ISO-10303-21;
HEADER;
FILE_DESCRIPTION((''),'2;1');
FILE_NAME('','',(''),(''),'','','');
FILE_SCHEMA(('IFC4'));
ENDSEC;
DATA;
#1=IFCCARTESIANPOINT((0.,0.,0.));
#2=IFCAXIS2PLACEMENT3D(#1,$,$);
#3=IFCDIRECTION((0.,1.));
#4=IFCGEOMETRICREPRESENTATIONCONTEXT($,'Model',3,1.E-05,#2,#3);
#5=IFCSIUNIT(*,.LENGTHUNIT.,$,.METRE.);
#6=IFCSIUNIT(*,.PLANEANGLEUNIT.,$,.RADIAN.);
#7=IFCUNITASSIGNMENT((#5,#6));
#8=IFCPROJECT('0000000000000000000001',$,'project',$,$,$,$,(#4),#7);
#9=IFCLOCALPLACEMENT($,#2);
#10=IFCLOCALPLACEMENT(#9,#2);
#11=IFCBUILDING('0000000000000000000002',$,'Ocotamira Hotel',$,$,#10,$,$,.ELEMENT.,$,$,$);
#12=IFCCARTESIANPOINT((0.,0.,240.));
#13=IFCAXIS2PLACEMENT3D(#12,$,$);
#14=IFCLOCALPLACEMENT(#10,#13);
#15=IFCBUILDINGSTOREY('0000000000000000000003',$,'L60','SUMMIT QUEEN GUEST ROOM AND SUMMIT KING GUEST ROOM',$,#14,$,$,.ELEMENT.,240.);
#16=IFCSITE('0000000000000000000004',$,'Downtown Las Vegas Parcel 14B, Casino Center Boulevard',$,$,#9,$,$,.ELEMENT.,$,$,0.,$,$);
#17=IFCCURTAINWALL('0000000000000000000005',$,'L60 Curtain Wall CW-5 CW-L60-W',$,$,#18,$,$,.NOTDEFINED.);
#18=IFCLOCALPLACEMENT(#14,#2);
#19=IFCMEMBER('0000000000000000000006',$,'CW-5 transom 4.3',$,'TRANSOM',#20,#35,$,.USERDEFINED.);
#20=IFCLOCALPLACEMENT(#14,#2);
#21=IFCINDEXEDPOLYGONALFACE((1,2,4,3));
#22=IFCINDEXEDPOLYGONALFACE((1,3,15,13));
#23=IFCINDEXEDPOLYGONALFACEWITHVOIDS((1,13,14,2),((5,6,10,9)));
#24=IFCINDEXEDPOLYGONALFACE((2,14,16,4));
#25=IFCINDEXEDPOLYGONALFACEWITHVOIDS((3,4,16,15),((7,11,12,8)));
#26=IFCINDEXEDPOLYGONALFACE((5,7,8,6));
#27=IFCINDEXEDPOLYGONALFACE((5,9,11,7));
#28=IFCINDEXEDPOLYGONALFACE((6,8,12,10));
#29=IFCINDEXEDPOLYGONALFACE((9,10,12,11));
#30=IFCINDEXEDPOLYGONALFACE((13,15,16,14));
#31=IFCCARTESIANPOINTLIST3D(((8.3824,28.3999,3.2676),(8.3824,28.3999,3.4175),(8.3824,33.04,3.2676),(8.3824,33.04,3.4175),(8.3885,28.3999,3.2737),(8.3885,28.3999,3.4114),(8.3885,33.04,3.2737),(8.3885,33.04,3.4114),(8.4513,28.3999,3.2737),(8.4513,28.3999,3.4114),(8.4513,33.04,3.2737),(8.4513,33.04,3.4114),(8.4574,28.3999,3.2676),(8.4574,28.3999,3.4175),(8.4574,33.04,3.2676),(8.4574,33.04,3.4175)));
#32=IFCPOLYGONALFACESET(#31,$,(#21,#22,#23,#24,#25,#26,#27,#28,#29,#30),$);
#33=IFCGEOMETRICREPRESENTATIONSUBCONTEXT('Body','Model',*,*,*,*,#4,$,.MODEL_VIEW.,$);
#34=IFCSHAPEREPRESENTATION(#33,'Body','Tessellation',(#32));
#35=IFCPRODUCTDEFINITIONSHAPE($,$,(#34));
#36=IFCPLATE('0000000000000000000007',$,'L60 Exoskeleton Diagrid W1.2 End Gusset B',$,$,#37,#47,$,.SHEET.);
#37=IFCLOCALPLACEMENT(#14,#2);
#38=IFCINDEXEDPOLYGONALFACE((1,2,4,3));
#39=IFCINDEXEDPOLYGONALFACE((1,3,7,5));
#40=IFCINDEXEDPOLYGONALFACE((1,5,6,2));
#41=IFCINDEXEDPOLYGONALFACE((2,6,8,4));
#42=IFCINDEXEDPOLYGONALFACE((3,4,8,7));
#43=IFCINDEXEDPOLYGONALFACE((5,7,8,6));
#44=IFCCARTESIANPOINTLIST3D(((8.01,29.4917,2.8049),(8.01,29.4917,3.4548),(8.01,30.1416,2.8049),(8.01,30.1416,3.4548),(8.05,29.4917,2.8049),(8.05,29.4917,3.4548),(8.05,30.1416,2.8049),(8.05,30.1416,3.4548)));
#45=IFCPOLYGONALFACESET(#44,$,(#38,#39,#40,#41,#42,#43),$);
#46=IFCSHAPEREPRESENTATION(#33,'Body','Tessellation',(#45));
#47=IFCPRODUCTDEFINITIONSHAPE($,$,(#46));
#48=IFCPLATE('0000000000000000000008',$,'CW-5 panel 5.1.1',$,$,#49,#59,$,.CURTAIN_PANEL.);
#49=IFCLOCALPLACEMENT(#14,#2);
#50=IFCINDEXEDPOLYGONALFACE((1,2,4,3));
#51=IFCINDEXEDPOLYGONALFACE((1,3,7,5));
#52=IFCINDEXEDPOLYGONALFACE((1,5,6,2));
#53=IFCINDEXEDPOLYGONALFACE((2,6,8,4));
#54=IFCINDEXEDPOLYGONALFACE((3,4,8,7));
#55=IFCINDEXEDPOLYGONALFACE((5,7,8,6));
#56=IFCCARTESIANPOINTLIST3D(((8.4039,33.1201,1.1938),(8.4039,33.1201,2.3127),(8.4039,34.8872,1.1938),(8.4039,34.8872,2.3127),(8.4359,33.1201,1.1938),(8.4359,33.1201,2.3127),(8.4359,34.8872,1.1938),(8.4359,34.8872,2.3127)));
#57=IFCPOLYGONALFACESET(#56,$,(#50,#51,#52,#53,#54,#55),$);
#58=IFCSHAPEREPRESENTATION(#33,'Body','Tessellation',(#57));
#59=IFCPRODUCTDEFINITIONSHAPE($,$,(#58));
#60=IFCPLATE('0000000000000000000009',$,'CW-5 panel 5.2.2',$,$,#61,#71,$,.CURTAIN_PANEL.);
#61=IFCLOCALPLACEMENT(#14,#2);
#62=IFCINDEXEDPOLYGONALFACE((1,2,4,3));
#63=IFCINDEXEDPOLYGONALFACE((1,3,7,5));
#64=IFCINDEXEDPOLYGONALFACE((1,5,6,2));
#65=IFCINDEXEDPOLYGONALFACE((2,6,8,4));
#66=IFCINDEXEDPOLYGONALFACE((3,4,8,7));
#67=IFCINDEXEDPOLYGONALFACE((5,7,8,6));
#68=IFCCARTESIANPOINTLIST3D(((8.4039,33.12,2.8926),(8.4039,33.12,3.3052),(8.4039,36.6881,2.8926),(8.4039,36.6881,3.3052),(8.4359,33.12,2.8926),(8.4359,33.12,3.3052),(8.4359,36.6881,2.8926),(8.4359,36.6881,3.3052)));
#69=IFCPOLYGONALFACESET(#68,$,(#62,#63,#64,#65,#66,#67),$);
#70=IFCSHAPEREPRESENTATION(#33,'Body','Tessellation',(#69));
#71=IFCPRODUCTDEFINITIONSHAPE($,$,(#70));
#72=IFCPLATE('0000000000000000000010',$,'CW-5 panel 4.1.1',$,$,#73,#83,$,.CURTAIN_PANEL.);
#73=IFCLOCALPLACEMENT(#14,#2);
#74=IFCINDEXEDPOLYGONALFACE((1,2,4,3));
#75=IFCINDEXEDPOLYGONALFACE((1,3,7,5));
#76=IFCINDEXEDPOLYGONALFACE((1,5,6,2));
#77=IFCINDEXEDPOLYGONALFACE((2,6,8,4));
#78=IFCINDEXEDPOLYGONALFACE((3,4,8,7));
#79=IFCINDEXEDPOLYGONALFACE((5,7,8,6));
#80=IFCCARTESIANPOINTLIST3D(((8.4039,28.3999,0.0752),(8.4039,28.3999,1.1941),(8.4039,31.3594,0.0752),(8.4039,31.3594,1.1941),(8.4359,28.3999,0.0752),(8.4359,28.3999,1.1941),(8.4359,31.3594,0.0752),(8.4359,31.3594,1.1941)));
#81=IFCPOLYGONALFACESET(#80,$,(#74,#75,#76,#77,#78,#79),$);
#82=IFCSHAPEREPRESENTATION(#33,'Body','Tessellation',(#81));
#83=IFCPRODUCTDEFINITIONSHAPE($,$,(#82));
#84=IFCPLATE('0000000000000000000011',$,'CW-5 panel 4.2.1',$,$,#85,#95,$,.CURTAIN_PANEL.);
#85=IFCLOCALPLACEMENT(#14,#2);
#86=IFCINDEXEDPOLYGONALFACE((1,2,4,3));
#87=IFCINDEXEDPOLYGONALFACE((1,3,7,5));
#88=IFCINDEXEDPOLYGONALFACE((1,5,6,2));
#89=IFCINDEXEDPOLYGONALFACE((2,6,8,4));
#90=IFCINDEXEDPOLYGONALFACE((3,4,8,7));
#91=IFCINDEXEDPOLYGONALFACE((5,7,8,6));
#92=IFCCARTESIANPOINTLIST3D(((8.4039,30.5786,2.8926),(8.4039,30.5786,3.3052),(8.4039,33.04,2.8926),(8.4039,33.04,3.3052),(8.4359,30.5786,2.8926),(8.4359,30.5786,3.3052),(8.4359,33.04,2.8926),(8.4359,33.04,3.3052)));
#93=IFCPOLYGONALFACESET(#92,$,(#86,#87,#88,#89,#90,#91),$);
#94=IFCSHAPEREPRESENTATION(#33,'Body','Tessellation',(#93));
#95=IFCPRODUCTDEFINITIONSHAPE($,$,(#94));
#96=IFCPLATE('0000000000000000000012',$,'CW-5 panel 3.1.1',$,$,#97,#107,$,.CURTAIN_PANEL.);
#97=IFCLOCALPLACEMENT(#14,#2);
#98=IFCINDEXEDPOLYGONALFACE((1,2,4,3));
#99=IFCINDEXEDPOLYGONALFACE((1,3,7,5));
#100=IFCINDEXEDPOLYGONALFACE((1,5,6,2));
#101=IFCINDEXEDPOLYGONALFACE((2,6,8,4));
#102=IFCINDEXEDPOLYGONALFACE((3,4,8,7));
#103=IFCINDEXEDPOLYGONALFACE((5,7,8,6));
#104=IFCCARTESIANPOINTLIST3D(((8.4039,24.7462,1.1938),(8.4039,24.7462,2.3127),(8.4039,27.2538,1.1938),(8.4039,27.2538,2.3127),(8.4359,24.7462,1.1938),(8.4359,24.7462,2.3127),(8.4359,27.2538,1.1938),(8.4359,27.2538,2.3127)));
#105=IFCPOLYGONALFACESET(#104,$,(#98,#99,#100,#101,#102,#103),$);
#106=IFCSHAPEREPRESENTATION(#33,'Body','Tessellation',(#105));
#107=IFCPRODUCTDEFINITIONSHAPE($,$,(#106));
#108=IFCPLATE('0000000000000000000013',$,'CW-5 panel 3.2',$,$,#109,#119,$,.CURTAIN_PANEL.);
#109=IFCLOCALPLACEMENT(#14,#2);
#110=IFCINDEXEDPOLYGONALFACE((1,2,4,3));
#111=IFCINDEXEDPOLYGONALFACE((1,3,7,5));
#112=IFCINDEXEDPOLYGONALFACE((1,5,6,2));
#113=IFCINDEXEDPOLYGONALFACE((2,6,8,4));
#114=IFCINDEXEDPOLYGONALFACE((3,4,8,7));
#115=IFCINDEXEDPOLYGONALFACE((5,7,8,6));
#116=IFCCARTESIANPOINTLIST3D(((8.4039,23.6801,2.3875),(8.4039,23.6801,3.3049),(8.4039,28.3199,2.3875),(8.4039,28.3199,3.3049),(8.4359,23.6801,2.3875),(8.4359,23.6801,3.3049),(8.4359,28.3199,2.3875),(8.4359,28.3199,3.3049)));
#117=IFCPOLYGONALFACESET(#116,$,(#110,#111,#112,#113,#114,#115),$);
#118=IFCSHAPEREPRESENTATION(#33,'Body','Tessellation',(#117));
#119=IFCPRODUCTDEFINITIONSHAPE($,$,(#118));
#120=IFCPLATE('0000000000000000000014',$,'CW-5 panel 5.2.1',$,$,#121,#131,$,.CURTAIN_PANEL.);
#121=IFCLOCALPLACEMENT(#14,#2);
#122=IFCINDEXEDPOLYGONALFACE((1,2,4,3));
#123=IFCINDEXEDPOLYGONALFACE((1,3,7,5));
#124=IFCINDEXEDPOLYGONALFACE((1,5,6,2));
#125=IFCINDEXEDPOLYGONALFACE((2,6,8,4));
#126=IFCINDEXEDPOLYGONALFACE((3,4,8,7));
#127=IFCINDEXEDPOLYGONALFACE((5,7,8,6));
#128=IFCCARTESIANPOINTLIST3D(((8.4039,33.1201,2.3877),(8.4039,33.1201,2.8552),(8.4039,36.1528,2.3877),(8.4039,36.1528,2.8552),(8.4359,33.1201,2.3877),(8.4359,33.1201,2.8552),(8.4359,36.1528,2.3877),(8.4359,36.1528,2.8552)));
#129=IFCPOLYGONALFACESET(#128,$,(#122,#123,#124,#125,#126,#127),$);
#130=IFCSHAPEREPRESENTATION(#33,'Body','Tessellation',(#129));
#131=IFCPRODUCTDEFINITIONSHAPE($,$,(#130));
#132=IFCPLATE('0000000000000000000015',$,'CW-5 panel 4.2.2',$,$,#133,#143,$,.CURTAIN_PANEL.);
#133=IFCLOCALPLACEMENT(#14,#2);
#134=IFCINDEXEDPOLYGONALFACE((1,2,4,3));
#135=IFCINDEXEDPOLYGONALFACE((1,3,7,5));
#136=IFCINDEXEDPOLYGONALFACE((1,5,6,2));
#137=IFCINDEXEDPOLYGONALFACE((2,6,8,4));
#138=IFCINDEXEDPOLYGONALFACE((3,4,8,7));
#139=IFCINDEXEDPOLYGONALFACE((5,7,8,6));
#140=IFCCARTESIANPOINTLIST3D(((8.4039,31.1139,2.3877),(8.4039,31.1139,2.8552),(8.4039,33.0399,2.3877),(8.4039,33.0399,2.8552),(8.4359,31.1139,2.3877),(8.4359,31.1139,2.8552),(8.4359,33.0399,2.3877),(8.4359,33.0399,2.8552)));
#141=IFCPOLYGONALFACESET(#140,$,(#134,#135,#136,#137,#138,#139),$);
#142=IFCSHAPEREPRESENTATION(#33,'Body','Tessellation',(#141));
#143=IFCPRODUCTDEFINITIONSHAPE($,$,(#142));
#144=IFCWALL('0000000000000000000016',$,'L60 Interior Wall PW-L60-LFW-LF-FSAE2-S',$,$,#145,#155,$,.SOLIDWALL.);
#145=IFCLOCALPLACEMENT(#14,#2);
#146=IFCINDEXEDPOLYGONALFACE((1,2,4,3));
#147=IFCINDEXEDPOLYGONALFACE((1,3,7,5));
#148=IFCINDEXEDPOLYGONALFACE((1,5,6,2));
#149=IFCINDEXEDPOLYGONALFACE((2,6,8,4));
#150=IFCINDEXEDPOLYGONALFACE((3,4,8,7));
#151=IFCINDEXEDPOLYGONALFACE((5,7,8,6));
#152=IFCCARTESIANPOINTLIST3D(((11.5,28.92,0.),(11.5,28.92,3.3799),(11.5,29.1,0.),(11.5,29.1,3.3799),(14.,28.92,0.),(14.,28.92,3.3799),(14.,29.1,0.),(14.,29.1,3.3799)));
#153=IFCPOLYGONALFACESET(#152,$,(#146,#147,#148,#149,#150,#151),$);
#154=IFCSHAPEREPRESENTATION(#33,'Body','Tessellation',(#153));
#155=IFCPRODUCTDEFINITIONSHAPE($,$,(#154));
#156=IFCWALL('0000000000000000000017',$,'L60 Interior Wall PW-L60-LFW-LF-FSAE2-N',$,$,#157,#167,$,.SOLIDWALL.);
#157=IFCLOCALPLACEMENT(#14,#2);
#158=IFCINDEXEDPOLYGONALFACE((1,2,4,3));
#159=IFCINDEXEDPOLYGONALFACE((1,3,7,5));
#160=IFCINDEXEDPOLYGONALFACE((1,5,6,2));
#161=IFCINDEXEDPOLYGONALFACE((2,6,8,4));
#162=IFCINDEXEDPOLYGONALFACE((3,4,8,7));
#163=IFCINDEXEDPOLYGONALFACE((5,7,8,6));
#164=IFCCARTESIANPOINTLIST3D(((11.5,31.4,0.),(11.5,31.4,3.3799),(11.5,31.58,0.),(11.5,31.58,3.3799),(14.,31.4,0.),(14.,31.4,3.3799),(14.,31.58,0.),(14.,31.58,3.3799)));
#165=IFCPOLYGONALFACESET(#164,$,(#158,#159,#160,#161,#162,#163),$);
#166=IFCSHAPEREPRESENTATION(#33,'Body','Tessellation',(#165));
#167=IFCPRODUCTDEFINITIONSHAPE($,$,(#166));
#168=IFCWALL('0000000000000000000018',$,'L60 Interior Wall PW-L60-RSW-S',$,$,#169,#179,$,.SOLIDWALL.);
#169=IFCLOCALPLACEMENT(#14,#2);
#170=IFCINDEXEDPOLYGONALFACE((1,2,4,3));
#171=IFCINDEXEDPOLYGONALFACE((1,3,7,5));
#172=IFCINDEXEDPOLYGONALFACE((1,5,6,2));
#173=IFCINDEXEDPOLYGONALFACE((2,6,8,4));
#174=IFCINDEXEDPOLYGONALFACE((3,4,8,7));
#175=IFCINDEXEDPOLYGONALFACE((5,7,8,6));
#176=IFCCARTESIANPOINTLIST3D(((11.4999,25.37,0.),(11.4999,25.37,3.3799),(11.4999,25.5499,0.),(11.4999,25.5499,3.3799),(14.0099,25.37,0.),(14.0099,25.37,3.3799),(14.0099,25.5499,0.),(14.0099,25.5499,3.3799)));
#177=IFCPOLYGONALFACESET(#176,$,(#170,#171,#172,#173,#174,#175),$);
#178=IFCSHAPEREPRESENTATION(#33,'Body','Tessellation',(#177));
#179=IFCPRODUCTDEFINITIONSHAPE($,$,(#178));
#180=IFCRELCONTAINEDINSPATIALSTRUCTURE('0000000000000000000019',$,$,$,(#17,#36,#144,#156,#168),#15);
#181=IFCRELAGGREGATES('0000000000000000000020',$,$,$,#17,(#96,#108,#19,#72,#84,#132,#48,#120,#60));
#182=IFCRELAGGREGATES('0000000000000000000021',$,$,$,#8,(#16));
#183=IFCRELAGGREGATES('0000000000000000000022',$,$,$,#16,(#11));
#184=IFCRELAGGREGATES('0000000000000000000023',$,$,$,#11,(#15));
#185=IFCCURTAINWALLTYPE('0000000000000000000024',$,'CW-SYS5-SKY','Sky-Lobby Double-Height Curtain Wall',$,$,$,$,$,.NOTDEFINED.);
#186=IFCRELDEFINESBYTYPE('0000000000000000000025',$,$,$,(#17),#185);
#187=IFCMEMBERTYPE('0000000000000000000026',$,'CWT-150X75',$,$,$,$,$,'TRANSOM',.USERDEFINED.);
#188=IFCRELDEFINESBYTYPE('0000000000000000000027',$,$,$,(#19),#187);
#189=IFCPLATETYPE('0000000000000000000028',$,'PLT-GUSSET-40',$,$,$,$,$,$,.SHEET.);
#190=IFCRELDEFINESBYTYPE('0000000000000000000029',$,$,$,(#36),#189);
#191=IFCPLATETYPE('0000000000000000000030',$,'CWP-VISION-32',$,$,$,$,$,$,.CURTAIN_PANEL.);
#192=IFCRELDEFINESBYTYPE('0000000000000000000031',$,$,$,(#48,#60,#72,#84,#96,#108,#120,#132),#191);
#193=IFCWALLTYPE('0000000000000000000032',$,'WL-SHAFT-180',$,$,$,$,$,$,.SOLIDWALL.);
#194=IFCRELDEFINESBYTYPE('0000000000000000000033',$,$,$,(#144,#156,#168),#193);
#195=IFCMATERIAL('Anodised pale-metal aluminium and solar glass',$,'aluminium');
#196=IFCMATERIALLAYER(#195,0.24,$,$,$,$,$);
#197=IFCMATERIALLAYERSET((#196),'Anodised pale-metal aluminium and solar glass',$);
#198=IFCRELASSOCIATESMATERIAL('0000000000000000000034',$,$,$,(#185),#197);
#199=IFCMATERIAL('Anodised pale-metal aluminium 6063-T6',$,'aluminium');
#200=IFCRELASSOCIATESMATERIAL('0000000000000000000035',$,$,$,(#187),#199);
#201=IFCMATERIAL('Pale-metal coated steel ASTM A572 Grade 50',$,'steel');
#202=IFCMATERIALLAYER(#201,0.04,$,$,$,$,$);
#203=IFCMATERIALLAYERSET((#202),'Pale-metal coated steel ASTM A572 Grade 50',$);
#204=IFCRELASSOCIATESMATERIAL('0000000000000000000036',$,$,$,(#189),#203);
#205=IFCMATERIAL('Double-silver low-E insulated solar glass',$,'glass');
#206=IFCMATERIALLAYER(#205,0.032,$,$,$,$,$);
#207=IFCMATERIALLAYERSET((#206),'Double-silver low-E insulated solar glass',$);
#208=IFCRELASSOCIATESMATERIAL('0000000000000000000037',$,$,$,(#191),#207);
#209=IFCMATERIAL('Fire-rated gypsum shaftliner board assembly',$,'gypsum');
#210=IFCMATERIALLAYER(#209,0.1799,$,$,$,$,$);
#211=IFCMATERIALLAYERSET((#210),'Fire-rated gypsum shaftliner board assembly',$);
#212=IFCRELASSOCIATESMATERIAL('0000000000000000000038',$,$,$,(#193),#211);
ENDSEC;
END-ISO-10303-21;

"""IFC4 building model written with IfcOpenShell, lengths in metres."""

from ifc_helpers import new_model, si_unit, direction, frame, frame_2d, origin, origin_2d, place, context, subcontext, project, spatial, rectangle, hollow_rectangle, extrude, source, transform, mapped, material, layer, layer_set, material_profile, profile_set, type_object, element, aggregate, save


model = new_model("IFC4")

# Units and contexts
model_context = context("Model", 3, precision=1e-05, world=origin(), true_north=direction((0.0, 1.0)))
body_context = subcontext(model_context, "Body", "Model", "MODEL_VIEW")
ifc_project = project(units=[si_unit("LENGTHUNIT", "METRE"), si_unit("PLANEANGLEUNIT", "RADIAN")], contexts=[model_context])

# Site, building, storey
site_placement = place(None, origin())
site = spatial("IfcSite", under=ifc_project, at=site_placement, Name="Downtown Las Vegas Parcel 14B, Casino Center Boulevard", CompositionType="ELEMENT", RefElevation=0.0)
building_placement = place(site_placement, origin())
building = spatial("IfcBuilding", under=site, at=building_placement, Name="Ocotamira Hotel", CompositionType="ELEMENT")
storey_placement = place(building_placement, frame((0.0, 0.0, 240.0)))
storey = spatial("IfcBuildingStorey", under=building, at=storey_placement, Name="L60", Description="SUMMIT QUEEN GUEST ROOM AND SUMMIT KING GUEST ROOM", CompositionType="ELEMENT", Elevation=240.0)

# Curtain wall, member
ifc_material_1 = material(Name="Anodised pale-metal aluminium and solar glass", Category="aluminium")
ifc_layer_1 = layer(ifc_material_1, 0.24)
ifc_layer_set_1 = layer_set([ifc_layer_1], Name="Anodised pale-metal aluminium and solar glass")
curtain_wall_type = type_object("IfcCurtainWallType", Name="CW-SYS5-SKY", Description="Sky-Lobby Double-Height Curtain Wall", PredefinedType="NOTDEFINED", material=ifc_layer_set_1)
curtain_wall_placement = place(storey_placement, origin())
curtain_wall = element("IfcCurtainWall", 1, at=curtain_wall_placement, inside=storey, type_object=curtain_wall_type, Name="L60 Curtain Wall CW-5 CW-L60-W", PredefinedType="NOTDEFINED")
ifc_material_2 = material(Name="Anodised pale-metal aluminium 6063-T6", Category="aluminium")
ifc_material_profile_1 = material_profile(ifc_material_2, hollow_rectangle(XDim=0.075, YDim=0.1499, WallThickness=0.0061, at=origin_2d()), Name="HSS150X75X6")
ifc_profile_set_1 = profile_set([ifc_material_profile_1], Name="Anodised pale-metal aluminium 6063-T6")
member_type_1 = type_object("IfcMemberType", Name="CWT-150X75", ElementType="TRANSOM", PredefinedType="USERDEFINED", material=ifc_profile_set_1)
shared_shape_1 = source(origin(), body_context, "Body", "SweptSolid", [
    extrude(hollow_rectangle(XDim=0.075, YDim=0.1499, WallThickness=0.0061, at=origin_2d()), origin(), (0.0, 0.0, 1.0), 4.6401),
])
member_1_placement = place(storey_placement, frame((8.4199, 28.3999, 3.3425), z_axis=(0.0, 1.0, 0.0), x_axis=(-1.0, 0.0, 0.0)))
member_1 = element("IfcMember", 2, at=member_1_placement, type_object=member_type_1, Name="CW-5 transom 4.3", ObjectType="TRANSOM", PredefinedType="USERDEFINED", context=body_context, shape_type="MappedRepresentation", body=[
    mapped(shared_shape_1, transform((0.0, 0.0, 0.0), scale=1.0)),
])

# Plates
ifc_material_3 = material(Name="Pale-metal coated steel ASTM A572 Grade 50", Category="steel")
ifc_layer_2 = layer(ifc_material_3, 0.04)
ifc_layer_set_2 = layer_set([ifc_layer_2], Name="Pale-metal coated steel ASTM A572 Grade 50")
plate_type_1 = type_object("IfcPlateType", Name="PLT-GUSSET-40", PredefinedType="SHEET", material=ifc_layer_set_2)
shared_shape_2 = source(origin(), body_context, "Body", "SweptSolid", [
    extrude(rectangle(XDim=0.04, YDim=0.6499, at=origin_2d()), origin(), (0.0, 0.0, 1.0), 0.6499),
])
plate_1_placement = place(storey_placement, frame((8.03, 29.8167, 2.8049), z_axis=(0.0, 0.0, 1.0), x_axis=(1.0, 0.0, 0.0)))
element("IfcPlate", 3, at=plate_1_placement, inside=storey, type_object=plate_type_1, Name="L60 Exoskeleton Diagrid W1.2 End Gusset B", PredefinedType="SHEET", context=body_context, shape_type="MappedRepresentation", body=[
    mapped(shared_shape_2, transform((0.0, 0.0, 0.0), scale=1.0)),
])
ifc_material_4 = material(Name="Double-silver low-E insulated solar glass", Category="glass")
ifc_layer_3 = layer(ifc_material_4, 0.032)
ifc_layer_set_3 = layer_set([ifc_layer_3], Name="Double-silver low-E insulated solar glass")
plate_type_2 = type_object("IfcPlateType", Name="CWP-VISION-32", PredefinedType="CURTAIN_PANEL", material=ifc_layer_set_3)
shared_shape_3 = source(origin(), body_context, "Body", "SweptSolid", [
    extrude(rectangle(XDim=1.7671, YDim=0.032, at=origin_2d()), origin(), (0.0, 0.0, 1.0), 1.1189),
])
plate_2_placement = place(storey_placement, frame((8.4199, 34.0037, 1.1938), z_axis=(0.0, 0.0, 1.0), x_axis=(0.0, 1.0, 0.0)))
plate_2 = element("IfcPlate", 4, at=plate_2_placement, type_object=plate_type_2, Name="CW-5 panel 5.1.1", PredefinedType="CURTAIN_PANEL", context=body_context, shape_type="MappedRepresentation", body=[
    mapped(shared_shape_3, transform((0.0, 0.0, 0.0), scale=1.0)),
])
shared_shape_4 = source(origin(), body_context, "Body", "SweptSolid", [
    extrude(rectangle(XDim=3.5681, YDim=0.032, at=origin_2d()), origin(), (0.0, 0.0, 1.0), 0.4126),
])
plate_3_placement = place(storey_placement, frame((8.4199, 34.9041, 2.8926), z_axis=(0.0, 0.0, 1.0), x_axis=(0.0, 1.0, 0.0)))
plate_3 = element("IfcPlate", 5, at=plate_3_placement, type_object=plate_type_2, Name="CW-5 panel 5.2.2", PredefinedType="CURTAIN_PANEL", context=body_context, shape_type="MappedRepresentation", body=[
    mapped(shared_shape_4, transform((0.0, 0.0, 0.0), scale=1.0)),
])
shared_shape_5 = source(origin(), body_context, "Body", "SweptSolid", [
    extrude(rectangle(XDim=2.9595, YDim=0.032, at=origin_2d()), origin(), (0.0, 0.0, 1.0), 1.1189),
])
plate_4_placement = place(storey_placement, frame((8.4199, 29.8796, 0.0752), z_axis=(0.0, 0.0, 1.0), x_axis=(0.0, 1.0, 0.0)))
plate_4 = element("IfcPlate", 6, at=plate_4_placement, type_object=plate_type_2, Name="CW-5 panel 4.1.1", PredefinedType="CURTAIN_PANEL", context=body_context, shape_type="MappedRepresentation", body=[
    mapped(shared_shape_5, transform((0.0, 0.0, 0.0), scale=1.0)),
])
shared_shape_6 = source(origin(), body_context, "Body", "SweptSolid", [
    extrude(rectangle(XDim=2.4614, YDim=0.032, at=origin_2d()), origin(), (0.0, 0.0, 1.0), 0.4126),
])
plate_5_placement = place(storey_placement, frame((8.4199, 31.8093, 2.8926), z_axis=(0.0, 0.0, 1.0), x_axis=(0.0, 1.0, 0.0)))
plate_5 = element("IfcPlate", 7, at=plate_5_placement, type_object=plate_type_2, Name="CW-5 panel 4.2.1", PredefinedType="CURTAIN_PANEL", context=body_context, shape_type="MappedRepresentation", body=[
    mapped(shared_shape_6, transform((0.0, 0.0, 0.0), scale=1.0)),
])
shared_shape_7 = source(origin(), body_context, "Body", "SweptSolid", [
    extrude(rectangle(XDim=2.5076, YDim=0.032, at=origin_2d()), origin(), (0.0, 0.0, 1.0), 1.1189),
])
plate_6_placement = place(storey_placement, frame((8.4199, 26.0, 1.1938), z_axis=(0.0, 0.0, 1.0), x_axis=(0.0, 1.0, 0.0)))
plate_6 = element("IfcPlate", 8, at=plate_6_placement, type_object=plate_type_2, Name="CW-5 panel 3.1.1", PredefinedType="CURTAIN_PANEL", context=body_context, shape_type="MappedRepresentation", body=[
    mapped(shared_shape_7, transform((0.0, 0.0, 0.0), scale=1.0)),
])
shared_shape_8 = source(origin(), body_context, "Body", "SweptSolid", [
    extrude(rectangle(XDim=4.6399, YDim=0.032, at=origin_2d()), origin(), (0.0, 0.0, 1.0), 0.9175),
])
plate_7_placement = place(storey_placement, frame((8.4199, 26.0, 2.3875), z_axis=(0.0, 0.0, 1.0), x_axis=(0.0, 1.0, 0.0)))
plate_7 = element("IfcPlate", 9, at=plate_7_placement, type_object=plate_type_2, Name="CW-5 panel 3.2", PredefinedType="CURTAIN_PANEL", context=body_context, shape_type="MappedRepresentation", body=[
    mapped(shared_shape_8, transform((0.0, 0.0, 0.0), scale=1.0)),
])
shared_shape_9 = source(origin(), body_context, "Body", "SweptSolid", [
    extrude(rectangle(XDim=3.0327, YDim=0.032, at=origin_2d()), origin(), (0.0, 0.0, 1.0), 0.4675),
])
plate_8_placement = place(storey_placement, frame((8.4199, 34.6365, 2.3877), z_axis=(0.0, 0.0, 1.0), x_axis=(0.0, 1.0, 0.0)))
plate_8 = element("IfcPlate", 10, at=plate_8_placement, type_object=plate_type_2, Name="CW-5 panel 5.2.1", PredefinedType="CURTAIN_PANEL", context=body_context, shape_type="MappedRepresentation", body=[
    mapped(shared_shape_9, transform((0.0, 0.0, 0.0), scale=1.0)),
])
shared_shape_10 = source(origin(), body_context, "Body", "SweptSolid", [
    extrude(rectangle(XDim=1.926, YDim=0.032, at=origin_2d()), origin(), (0.0, 0.0, 1.0), 0.4675),
])
plate_9_placement = place(storey_placement, frame((8.4199, 32.0769, 2.3877), z_axis=(0.0, 0.0, 1.0), x_axis=(0.0, 1.0, 0.0)))
plate_9 = element("IfcPlate", 11, at=plate_9_placement, type_object=plate_type_2, Name="CW-5 panel 4.2.2", PredefinedType="CURTAIN_PANEL", context=body_context, shape_type="MappedRepresentation", body=[
    mapped(shared_shape_10, transform((0.0, 0.0, 0.0), scale=1.0)),
])
aggregate(curtain_wall, [plate_6, plate_7, member_1, plate_4, plate_5, plate_9, plate_2, plate_8, plate_3])

# Walls
ifc_material_5 = material(Name="Fire-rated gypsum shaftliner board assembly", Category="gypsum")
ifc_layer_4 = layer(ifc_material_5, 0.1799)
ifc_layer_set_4 = layer_set([ifc_layer_4], Name="Fire-rated gypsum shaftliner board assembly")
wall_type_1 = type_object("IfcWallType", Name="WL-SHAFT-180", PredefinedType="SOLIDWALL", material=ifc_layer_set_4)
for number, where, z_axis, x_axis, name in (
    (12, (11.5, 29.01, 0.0), (0.0, 0.0, 1.0), (1.0, 0.0, 0.0), "L60 Interior Wall PW-L60-LFW-LF-FSAE2-S"),
    (13, (11.5, 31.49, 0.0), (0.0, 0.0, 1.0), (1.0, 0.0, 0.0), "L60 Interior Wall PW-L60-LFW-LF-FSAE2-N"),
):
    element("IfcWall", number, at=place(storey_placement, frame(where, z_axis=z_axis, x_axis=x_axis)), inside=storey, type_object=wall_type_1, Name=name, PredefinedType="SOLIDWALL", context=body_context, shape_type="SweptSolid", body=[
        extrude(rectangle(XDim=2.5, YDim=0.1799, at=frame_2d((1.25, 0.0))), origin(), (0.0, 0.0, 1.0), 3.3799),
    ])
for number, where, z_axis, x_axis, name in (
    (14, (11.5, 25.46, 0.0), (0.0, 0.0, 1.0), (1.0, 0.0, 0.0), "L60 Interior Wall PW-L60-RSW-S"),
):
    element("IfcWall", number, at=place(storey_placement, frame(where, z_axis=z_axis, x_axis=x_axis)), inside=storey, type_object=wall_type_1, Name=name, PredefinedType="SOLIDWALL", context=body_context, shape_type="SweptSolid", body=[
        extrude(rectangle(XDim=2.51, YDim=0.1799, at=frame_2d((1.2549, 0.0))), origin(), (0.0, 0.0, 1.0), 3.3799),
    ])

save(model, "model.ifc")
